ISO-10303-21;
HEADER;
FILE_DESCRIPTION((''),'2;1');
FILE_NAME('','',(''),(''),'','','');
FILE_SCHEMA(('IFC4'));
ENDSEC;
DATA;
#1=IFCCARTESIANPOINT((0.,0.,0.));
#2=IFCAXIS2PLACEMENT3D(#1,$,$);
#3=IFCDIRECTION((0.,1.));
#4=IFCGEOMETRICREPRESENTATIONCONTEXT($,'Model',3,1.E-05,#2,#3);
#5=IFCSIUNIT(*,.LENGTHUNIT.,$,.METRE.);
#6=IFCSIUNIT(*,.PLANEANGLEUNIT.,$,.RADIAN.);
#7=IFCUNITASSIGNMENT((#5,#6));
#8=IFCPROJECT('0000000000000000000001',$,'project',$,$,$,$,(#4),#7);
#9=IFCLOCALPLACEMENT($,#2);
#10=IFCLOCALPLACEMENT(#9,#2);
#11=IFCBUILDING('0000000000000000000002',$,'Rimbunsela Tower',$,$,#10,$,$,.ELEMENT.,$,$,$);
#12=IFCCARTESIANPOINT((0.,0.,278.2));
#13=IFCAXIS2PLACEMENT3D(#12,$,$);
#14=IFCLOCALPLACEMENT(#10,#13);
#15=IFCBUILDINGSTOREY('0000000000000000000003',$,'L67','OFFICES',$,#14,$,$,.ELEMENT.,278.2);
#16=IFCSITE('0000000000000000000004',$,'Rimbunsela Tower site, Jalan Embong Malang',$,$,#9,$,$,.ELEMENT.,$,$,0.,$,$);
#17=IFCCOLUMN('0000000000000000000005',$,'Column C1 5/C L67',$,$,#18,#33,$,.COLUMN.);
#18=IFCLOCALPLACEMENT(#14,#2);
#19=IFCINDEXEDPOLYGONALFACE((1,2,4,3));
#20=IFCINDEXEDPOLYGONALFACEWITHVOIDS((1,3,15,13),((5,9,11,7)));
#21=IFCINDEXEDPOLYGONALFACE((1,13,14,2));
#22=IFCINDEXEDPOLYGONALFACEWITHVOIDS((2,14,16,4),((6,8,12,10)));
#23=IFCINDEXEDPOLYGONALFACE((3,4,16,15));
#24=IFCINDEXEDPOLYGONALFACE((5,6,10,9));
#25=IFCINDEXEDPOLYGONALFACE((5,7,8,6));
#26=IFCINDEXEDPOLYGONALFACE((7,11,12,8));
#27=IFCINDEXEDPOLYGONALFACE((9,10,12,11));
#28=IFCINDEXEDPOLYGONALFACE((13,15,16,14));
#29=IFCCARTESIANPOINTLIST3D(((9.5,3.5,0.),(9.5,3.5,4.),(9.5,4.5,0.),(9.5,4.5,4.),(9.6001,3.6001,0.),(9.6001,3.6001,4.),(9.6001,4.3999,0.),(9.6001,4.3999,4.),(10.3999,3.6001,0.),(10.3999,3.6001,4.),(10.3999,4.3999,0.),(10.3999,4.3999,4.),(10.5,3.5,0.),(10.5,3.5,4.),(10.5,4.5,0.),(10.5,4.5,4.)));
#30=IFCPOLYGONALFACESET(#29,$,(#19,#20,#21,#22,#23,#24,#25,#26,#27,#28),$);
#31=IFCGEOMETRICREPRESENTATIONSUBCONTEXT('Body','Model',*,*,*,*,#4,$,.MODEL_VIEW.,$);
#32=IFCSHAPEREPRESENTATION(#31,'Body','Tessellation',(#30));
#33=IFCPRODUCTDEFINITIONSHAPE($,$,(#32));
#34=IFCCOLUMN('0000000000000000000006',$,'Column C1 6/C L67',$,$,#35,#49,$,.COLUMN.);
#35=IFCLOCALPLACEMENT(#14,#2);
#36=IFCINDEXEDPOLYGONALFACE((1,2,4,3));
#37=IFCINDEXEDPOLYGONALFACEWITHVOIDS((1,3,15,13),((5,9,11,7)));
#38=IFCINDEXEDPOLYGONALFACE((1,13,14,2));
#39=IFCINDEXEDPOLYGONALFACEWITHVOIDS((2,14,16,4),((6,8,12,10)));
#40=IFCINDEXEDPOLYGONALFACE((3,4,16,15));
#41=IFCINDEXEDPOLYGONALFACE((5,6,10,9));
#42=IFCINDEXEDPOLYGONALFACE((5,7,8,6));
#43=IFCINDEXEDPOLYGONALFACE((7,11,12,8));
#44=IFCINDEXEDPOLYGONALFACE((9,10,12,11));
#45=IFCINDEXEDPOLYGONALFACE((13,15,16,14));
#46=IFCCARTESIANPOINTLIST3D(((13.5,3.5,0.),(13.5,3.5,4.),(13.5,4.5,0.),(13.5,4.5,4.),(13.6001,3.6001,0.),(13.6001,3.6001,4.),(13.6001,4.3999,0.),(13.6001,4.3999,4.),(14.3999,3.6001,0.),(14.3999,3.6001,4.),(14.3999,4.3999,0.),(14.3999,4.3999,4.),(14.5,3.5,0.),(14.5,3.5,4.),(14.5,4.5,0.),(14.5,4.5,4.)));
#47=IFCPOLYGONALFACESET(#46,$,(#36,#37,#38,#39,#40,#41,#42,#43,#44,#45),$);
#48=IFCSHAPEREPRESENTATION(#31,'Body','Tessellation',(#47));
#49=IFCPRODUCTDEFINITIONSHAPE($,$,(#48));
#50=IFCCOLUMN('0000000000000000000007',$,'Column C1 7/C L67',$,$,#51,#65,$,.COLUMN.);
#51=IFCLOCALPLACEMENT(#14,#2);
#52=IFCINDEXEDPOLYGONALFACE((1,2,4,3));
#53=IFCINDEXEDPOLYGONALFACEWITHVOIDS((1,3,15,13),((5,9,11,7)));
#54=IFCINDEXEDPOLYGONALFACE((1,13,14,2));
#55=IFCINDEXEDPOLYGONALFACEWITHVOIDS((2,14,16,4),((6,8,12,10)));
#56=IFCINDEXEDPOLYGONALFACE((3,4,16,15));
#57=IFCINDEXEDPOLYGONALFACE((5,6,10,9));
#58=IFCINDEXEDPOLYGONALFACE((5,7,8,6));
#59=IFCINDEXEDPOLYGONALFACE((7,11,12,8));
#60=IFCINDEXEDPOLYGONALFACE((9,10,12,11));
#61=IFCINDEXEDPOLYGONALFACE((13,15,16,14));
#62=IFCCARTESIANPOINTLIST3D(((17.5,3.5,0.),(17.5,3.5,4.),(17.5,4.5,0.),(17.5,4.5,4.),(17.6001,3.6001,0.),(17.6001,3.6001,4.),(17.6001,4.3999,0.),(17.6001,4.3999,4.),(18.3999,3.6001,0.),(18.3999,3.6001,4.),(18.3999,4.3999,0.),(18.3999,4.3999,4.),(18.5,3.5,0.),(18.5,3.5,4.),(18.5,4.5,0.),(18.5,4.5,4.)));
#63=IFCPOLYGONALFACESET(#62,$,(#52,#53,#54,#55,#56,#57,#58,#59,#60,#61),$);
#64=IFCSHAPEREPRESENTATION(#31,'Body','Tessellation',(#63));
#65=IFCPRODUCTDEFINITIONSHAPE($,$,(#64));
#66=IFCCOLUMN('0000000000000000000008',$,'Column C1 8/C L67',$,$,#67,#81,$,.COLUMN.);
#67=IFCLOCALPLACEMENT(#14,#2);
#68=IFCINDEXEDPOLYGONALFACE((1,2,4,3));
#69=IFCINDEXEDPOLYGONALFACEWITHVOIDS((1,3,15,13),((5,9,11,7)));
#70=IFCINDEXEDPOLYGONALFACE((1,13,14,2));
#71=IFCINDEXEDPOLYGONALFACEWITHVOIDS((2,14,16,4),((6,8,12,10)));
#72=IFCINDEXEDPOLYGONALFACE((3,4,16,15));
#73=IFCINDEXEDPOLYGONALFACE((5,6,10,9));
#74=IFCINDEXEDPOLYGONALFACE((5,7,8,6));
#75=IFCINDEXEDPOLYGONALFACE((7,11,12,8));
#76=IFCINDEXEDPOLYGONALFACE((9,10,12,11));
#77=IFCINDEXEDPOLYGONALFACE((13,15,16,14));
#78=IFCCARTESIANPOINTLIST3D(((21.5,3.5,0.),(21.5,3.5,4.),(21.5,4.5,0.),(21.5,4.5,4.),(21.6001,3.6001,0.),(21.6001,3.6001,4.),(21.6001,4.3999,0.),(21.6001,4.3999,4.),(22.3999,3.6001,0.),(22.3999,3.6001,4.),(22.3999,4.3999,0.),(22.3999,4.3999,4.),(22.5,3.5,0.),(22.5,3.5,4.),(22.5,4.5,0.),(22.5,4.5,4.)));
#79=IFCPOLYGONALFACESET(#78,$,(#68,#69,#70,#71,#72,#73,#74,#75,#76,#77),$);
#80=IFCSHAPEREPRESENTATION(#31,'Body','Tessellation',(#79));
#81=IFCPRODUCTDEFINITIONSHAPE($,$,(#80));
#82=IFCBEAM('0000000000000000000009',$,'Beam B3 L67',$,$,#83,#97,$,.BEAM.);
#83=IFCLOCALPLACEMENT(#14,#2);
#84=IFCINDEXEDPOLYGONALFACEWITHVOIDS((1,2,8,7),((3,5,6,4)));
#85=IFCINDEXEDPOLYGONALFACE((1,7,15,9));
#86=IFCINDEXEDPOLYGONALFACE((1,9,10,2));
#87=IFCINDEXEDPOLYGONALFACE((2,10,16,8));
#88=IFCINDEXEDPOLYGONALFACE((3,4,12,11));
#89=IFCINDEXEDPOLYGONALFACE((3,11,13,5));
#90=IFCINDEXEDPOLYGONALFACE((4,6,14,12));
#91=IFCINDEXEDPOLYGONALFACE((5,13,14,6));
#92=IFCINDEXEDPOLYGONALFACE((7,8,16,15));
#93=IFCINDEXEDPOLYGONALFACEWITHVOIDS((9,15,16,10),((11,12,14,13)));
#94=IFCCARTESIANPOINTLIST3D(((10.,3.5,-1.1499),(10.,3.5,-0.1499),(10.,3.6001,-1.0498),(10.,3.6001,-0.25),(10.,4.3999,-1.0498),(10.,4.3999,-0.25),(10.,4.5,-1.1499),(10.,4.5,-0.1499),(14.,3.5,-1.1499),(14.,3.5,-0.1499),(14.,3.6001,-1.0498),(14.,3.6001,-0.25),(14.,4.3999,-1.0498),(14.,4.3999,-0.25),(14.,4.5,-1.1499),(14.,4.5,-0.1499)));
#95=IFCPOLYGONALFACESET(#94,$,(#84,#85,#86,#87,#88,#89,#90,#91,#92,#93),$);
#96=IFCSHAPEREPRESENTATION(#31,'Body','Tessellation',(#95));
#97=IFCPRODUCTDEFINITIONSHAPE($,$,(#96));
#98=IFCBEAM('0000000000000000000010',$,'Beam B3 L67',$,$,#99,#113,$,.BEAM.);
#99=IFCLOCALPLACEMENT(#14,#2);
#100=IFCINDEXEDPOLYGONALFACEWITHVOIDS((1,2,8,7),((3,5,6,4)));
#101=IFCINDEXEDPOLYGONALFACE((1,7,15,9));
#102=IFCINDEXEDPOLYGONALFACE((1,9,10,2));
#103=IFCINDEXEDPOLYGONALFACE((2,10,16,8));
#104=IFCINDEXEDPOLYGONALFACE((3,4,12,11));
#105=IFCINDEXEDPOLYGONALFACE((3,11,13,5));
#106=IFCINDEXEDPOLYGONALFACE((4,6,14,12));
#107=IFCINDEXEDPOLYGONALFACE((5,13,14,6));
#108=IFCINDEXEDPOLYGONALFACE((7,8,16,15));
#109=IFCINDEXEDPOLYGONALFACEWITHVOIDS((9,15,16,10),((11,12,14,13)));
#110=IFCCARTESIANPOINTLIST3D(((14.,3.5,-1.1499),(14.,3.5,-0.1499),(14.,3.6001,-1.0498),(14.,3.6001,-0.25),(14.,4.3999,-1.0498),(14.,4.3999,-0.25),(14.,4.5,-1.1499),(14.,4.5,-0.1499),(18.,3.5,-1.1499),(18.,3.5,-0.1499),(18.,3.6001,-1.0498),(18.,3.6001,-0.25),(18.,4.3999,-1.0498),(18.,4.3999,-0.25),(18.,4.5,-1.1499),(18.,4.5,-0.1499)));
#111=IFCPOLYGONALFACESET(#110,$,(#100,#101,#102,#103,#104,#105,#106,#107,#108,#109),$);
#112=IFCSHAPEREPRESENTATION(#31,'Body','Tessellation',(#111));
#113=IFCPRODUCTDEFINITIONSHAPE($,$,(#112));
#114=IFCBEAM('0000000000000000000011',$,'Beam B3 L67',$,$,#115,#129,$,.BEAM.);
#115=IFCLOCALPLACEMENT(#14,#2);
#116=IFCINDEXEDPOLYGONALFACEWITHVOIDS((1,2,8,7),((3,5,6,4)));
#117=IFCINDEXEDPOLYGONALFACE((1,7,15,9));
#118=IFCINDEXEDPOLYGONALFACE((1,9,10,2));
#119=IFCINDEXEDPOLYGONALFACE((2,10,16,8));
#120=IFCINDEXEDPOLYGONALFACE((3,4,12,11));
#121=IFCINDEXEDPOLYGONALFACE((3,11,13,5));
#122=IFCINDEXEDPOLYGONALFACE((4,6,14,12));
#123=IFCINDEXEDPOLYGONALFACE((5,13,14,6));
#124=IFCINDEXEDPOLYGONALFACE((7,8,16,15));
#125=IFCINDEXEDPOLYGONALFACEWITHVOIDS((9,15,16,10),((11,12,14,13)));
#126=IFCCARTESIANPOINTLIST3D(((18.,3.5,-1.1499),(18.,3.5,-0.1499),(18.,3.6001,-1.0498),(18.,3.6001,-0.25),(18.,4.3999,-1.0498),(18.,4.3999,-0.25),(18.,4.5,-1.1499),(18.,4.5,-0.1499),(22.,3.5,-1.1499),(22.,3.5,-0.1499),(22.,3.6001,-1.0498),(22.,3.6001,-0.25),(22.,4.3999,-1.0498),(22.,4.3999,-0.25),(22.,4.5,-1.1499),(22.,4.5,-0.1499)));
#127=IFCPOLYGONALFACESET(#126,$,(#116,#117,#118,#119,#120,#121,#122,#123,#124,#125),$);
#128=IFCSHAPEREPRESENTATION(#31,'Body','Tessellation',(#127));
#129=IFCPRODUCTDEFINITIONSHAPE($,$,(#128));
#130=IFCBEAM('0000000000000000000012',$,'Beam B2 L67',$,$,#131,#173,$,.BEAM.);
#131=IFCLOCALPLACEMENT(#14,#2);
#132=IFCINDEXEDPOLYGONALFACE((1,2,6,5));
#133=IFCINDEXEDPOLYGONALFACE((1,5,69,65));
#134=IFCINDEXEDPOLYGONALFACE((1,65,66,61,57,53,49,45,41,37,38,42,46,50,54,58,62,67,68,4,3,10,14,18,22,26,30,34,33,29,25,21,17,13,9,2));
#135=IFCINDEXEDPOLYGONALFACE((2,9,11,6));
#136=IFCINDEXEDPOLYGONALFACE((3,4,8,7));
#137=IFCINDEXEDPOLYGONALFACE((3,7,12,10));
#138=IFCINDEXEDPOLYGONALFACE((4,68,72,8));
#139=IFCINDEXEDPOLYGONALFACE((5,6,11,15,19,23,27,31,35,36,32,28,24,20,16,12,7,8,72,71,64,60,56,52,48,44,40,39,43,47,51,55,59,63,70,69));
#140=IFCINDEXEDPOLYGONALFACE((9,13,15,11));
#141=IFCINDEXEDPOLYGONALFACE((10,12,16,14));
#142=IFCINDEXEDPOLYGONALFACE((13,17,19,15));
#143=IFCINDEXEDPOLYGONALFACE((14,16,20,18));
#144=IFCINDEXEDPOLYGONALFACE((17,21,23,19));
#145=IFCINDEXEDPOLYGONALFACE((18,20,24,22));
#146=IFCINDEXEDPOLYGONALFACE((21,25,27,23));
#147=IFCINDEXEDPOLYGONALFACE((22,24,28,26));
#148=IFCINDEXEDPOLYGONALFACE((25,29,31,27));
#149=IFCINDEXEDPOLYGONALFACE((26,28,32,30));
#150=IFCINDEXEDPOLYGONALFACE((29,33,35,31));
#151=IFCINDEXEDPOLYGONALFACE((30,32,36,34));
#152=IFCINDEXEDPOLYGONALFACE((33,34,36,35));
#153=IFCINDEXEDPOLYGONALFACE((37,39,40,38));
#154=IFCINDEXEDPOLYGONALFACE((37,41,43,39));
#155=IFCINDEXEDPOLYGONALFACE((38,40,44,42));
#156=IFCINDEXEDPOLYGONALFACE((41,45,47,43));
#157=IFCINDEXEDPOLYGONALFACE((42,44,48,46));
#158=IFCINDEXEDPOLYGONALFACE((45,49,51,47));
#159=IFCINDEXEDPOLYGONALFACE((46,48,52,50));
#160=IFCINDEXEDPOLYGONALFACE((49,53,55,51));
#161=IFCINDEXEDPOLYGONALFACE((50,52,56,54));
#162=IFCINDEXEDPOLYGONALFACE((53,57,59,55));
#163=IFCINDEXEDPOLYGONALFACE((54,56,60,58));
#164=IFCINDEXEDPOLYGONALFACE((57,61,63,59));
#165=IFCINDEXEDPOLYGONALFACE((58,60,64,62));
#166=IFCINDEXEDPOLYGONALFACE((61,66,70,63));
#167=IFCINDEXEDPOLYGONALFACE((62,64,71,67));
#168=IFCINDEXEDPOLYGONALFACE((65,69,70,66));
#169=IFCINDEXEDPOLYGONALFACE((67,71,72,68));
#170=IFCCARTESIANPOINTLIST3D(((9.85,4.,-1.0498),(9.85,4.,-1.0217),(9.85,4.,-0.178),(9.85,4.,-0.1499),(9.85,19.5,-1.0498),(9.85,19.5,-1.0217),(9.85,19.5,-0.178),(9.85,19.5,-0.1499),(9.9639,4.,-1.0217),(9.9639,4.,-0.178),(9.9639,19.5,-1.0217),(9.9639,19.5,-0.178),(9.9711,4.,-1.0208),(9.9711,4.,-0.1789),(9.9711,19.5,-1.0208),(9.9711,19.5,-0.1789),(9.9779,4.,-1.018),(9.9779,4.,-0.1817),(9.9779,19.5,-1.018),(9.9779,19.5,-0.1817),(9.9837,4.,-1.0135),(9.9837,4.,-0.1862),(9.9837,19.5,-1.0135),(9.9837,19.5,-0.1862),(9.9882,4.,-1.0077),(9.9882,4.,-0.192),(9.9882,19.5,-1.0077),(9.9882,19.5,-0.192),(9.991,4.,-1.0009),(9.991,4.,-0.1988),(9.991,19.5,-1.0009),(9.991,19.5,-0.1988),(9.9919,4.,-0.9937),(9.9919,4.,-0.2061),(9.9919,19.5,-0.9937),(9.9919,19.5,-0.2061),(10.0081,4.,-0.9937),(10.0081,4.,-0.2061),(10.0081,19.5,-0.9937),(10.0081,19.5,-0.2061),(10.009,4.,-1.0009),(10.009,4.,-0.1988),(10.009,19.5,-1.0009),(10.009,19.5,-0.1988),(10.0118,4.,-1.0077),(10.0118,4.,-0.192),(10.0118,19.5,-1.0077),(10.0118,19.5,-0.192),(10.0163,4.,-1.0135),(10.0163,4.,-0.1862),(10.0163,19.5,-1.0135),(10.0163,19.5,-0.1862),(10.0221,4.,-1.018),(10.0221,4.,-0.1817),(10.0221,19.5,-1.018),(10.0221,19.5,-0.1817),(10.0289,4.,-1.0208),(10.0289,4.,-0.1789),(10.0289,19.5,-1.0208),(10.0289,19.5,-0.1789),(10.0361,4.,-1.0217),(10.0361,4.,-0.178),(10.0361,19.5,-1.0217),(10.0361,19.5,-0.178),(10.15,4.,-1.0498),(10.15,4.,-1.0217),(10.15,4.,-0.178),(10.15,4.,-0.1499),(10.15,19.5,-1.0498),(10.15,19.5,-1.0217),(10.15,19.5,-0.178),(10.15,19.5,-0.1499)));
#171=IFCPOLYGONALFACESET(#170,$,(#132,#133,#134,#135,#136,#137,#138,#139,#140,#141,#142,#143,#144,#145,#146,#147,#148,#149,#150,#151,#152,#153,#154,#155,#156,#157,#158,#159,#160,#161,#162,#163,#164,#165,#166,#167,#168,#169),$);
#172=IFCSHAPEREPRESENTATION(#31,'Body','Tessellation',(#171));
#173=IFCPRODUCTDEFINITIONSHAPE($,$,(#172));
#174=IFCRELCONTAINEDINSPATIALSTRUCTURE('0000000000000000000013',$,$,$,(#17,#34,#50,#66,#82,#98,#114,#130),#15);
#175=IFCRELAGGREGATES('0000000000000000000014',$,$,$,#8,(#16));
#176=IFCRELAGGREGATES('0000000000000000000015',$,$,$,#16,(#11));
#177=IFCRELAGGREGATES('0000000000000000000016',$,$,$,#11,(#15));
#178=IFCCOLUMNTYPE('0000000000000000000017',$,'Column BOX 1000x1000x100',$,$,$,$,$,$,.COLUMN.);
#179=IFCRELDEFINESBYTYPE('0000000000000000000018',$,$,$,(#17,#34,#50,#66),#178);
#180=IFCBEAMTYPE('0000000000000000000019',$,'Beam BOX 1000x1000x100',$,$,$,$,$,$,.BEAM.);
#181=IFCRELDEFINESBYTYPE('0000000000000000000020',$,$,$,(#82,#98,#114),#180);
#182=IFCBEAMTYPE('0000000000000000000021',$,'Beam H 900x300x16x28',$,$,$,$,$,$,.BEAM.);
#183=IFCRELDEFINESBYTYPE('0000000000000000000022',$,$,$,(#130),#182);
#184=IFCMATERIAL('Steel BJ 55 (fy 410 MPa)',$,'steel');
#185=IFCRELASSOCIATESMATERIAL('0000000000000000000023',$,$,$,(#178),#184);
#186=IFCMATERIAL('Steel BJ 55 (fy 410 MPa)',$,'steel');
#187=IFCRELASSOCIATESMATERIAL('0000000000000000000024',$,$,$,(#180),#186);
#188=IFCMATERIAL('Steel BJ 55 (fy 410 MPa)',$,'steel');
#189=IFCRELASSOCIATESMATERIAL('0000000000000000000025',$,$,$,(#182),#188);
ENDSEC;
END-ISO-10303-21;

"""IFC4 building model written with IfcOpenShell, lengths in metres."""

from ifc_helpers import new_model, si_unit, direction, frame, origin, origin_2d, place, context, subcontext, project, spatial, hollow_rectangle, i_section, extrude, material, material_profile, profile_set, type_object, element, save


model = new_model("IFC4")

# Units and contexts
model_context = context("Model", 3, precision=1e-05, world=origin(), true_north=direction((0.0, 1.0)))
body_context = subcontext(model_context, "Body", "Model", "MODEL_VIEW")
ifc_project = project(units=[si_unit("LENGTHUNIT", "METRE"), si_unit("PLANEANGLEUNIT", "RADIAN")], contexts=[model_context])

# Site, building, storey
site_placement = place(None, origin())
site = spatial("IfcSite", under=ifc_project, at=site_placement, Name="Rimbunsela Tower site, Jalan Embong Malang", CompositionType="ELEMENT", RefElevation=0.0)
building_placement = place(site_placement, origin())
building = spatial("IfcBuilding", under=site, at=building_placement, Name="Rimbunsela Tower", CompositionType="ELEMENT")
storey_placement = place(building_placement, frame((0.0, 0.0, 278.2)))
storey = spatial("IfcBuildingStorey", under=building, at=storey_placement, Name="L67", Description="OFFICES", CompositionType="ELEMENT", Elevation=278.2)

# Columns
ifc_material_1 = material(Name="Steel BJ 55 (fy 410 MPa)", Category="steel")
ifc_material_profile_1 = material_profile(ifc_material_1, hollow_rectangle(XDim=1.0, YDim=1.0, WallThickness=0.1001, at=origin_2d()), Name="BOX 1000x1000x100")
ifc_profile_set_1 = profile_set([ifc_material_profile_1], Name="Steel BJ 55 (fy 410 MPa)")
column_type = type_object("IfcColumnType", Name="Column BOX 1000x1000x100", PredefinedType="COLUMN", material=ifc_profile_set_1)
for number, where, z_axis, x_axis, name in (
    (1, (10.0, 4.0, 0.0), (0.0, 0.0, 1.0), (1.0, 0.0, 0.0), "Column C1 5/C L67"),
    (2, (14.0, 4.0, 0.0), (0.0, 0.0, 1.0), (1.0, 0.0, 0.0), "Column C1 6/C L67"),
    (3, (18.0, 4.0, 0.0), (0.0, 0.0, 1.0), (1.0, 0.0, 0.0), "Column C1 7/C L67"),
    (4, (22.0, 4.0, 0.0), (0.0, 0.0, 1.0), (1.0, 0.0, 0.0), "Column C1 8/C L67"),
):
    element("IfcColumn", number, at=place(storey_placement, frame(where, z_axis=z_axis, x_axis=x_axis)), inside=storey, type_object=column_type, Name=name, PredefinedType="COLUMN", context=body_context, shape_type="SweptSolid", body=[
        extrude(hollow_rectangle(XDim=1.0, YDim=1.0, WallThickness=0.1001, at=origin_2d()), origin(), (0.0, 0.0, 1.0), 4.0),
    ])

# Beams
ifc_material_2 = material(Name="Steel BJ 55 (fy 410 MPa)", Category="steel")
ifc_material_profile_2 = material_profile(ifc_material_2, hollow_rectangle(XDim=1.0, YDim=1.0, WallThickness=0.1001, at=origin_2d()), Name="BOX 1000x1000x100")
ifc_profile_set_2 = profile_set([ifc_material_profile_2], Name="Steel BJ 55 (fy 410 MPa)")
beam_type_1 = type_object("IfcBeamType", Name="Beam BOX 1000x1000x100", PredefinedType="BEAM", material=ifc_profile_set_2)
for number, where, z_axis, x_axis, name in (
    (5, (10.0, 4.0, -0.6499), (1.0, 0.0, 0.0), (0.0, 1.0, 0.0), "Beam B3 L67"),
    (6, (14.0, 4.0, -0.6499), (1.0, 0.0, 0.0), (0.0, 1.0, 0.0), "Beam B3 L67"),
    (7, (18.0, 4.0, -0.6499), (1.0, 0.0, 0.0), (0.0, 1.0, 0.0), "Beam B3 L67"),
):
    element("IfcBeam", number, at=place(storey_placement, frame(where, z_axis=z_axis, x_axis=x_axis)), inside=storey, type_object=beam_type_1, Name=name, PredefinedType="BEAM", context=body_context, shape_type="SweptSolid", body=[
        extrude(hollow_rectangle(XDim=1.0, YDim=1.0, WallThickness=0.1001, at=origin_2d()), origin(), (0.0, 0.0, 1.0), 4.0),
    ])
ifc_material_3 = material(Name="Steel BJ 55 (fy 410 MPa)", Category="steel")
ifc_material_profile_3 = material_profile(ifc_material_3, i_section(OverallWidth=0.3, OverallDepth=0.8999, WebThickness=0.0161, FlangeThickness=0.0281, FilletRadius=0.0281, at=origin_2d()), Name="H 900x300x16x28")
ifc_profile_set_3 = profile_set([ifc_material_profile_3], Name="Steel BJ 55 (fy 410 MPa)")
beam_type_2 = type_object("IfcBeamType", Name="Beam H 900x300x16x28", PredefinedType="BEAM", material=ifc_profile_set_3)
for number, where, z_axis, x_axis, name in (
    (8, (10.0, 4.0, -0.5999), (0.0, 1.0, 0.0), (-1.0, 0.0, 0.0), "Beam B2 L67"),
):
    element("IfcBeam", number, at=place(storey_placement, frame(where, z_axis=z_axis, x_axis=x_axis)), inside=storey, type_object=beam_type_2, Name=name, PredefinedType="BEAM", context=body_context, shape_type="SweptSolid", body=[
        extrude(i_section(OverallWidth=0.3, OverallDepth=0.8999, WebThickness=0.0161, FlangeThickness=0.0281, FilletRadius=0.0281, at=origin_2d()), origin(), (0.0, 0.0, 1.0), 15.5),
    ])

save(model, "model.ifc")
